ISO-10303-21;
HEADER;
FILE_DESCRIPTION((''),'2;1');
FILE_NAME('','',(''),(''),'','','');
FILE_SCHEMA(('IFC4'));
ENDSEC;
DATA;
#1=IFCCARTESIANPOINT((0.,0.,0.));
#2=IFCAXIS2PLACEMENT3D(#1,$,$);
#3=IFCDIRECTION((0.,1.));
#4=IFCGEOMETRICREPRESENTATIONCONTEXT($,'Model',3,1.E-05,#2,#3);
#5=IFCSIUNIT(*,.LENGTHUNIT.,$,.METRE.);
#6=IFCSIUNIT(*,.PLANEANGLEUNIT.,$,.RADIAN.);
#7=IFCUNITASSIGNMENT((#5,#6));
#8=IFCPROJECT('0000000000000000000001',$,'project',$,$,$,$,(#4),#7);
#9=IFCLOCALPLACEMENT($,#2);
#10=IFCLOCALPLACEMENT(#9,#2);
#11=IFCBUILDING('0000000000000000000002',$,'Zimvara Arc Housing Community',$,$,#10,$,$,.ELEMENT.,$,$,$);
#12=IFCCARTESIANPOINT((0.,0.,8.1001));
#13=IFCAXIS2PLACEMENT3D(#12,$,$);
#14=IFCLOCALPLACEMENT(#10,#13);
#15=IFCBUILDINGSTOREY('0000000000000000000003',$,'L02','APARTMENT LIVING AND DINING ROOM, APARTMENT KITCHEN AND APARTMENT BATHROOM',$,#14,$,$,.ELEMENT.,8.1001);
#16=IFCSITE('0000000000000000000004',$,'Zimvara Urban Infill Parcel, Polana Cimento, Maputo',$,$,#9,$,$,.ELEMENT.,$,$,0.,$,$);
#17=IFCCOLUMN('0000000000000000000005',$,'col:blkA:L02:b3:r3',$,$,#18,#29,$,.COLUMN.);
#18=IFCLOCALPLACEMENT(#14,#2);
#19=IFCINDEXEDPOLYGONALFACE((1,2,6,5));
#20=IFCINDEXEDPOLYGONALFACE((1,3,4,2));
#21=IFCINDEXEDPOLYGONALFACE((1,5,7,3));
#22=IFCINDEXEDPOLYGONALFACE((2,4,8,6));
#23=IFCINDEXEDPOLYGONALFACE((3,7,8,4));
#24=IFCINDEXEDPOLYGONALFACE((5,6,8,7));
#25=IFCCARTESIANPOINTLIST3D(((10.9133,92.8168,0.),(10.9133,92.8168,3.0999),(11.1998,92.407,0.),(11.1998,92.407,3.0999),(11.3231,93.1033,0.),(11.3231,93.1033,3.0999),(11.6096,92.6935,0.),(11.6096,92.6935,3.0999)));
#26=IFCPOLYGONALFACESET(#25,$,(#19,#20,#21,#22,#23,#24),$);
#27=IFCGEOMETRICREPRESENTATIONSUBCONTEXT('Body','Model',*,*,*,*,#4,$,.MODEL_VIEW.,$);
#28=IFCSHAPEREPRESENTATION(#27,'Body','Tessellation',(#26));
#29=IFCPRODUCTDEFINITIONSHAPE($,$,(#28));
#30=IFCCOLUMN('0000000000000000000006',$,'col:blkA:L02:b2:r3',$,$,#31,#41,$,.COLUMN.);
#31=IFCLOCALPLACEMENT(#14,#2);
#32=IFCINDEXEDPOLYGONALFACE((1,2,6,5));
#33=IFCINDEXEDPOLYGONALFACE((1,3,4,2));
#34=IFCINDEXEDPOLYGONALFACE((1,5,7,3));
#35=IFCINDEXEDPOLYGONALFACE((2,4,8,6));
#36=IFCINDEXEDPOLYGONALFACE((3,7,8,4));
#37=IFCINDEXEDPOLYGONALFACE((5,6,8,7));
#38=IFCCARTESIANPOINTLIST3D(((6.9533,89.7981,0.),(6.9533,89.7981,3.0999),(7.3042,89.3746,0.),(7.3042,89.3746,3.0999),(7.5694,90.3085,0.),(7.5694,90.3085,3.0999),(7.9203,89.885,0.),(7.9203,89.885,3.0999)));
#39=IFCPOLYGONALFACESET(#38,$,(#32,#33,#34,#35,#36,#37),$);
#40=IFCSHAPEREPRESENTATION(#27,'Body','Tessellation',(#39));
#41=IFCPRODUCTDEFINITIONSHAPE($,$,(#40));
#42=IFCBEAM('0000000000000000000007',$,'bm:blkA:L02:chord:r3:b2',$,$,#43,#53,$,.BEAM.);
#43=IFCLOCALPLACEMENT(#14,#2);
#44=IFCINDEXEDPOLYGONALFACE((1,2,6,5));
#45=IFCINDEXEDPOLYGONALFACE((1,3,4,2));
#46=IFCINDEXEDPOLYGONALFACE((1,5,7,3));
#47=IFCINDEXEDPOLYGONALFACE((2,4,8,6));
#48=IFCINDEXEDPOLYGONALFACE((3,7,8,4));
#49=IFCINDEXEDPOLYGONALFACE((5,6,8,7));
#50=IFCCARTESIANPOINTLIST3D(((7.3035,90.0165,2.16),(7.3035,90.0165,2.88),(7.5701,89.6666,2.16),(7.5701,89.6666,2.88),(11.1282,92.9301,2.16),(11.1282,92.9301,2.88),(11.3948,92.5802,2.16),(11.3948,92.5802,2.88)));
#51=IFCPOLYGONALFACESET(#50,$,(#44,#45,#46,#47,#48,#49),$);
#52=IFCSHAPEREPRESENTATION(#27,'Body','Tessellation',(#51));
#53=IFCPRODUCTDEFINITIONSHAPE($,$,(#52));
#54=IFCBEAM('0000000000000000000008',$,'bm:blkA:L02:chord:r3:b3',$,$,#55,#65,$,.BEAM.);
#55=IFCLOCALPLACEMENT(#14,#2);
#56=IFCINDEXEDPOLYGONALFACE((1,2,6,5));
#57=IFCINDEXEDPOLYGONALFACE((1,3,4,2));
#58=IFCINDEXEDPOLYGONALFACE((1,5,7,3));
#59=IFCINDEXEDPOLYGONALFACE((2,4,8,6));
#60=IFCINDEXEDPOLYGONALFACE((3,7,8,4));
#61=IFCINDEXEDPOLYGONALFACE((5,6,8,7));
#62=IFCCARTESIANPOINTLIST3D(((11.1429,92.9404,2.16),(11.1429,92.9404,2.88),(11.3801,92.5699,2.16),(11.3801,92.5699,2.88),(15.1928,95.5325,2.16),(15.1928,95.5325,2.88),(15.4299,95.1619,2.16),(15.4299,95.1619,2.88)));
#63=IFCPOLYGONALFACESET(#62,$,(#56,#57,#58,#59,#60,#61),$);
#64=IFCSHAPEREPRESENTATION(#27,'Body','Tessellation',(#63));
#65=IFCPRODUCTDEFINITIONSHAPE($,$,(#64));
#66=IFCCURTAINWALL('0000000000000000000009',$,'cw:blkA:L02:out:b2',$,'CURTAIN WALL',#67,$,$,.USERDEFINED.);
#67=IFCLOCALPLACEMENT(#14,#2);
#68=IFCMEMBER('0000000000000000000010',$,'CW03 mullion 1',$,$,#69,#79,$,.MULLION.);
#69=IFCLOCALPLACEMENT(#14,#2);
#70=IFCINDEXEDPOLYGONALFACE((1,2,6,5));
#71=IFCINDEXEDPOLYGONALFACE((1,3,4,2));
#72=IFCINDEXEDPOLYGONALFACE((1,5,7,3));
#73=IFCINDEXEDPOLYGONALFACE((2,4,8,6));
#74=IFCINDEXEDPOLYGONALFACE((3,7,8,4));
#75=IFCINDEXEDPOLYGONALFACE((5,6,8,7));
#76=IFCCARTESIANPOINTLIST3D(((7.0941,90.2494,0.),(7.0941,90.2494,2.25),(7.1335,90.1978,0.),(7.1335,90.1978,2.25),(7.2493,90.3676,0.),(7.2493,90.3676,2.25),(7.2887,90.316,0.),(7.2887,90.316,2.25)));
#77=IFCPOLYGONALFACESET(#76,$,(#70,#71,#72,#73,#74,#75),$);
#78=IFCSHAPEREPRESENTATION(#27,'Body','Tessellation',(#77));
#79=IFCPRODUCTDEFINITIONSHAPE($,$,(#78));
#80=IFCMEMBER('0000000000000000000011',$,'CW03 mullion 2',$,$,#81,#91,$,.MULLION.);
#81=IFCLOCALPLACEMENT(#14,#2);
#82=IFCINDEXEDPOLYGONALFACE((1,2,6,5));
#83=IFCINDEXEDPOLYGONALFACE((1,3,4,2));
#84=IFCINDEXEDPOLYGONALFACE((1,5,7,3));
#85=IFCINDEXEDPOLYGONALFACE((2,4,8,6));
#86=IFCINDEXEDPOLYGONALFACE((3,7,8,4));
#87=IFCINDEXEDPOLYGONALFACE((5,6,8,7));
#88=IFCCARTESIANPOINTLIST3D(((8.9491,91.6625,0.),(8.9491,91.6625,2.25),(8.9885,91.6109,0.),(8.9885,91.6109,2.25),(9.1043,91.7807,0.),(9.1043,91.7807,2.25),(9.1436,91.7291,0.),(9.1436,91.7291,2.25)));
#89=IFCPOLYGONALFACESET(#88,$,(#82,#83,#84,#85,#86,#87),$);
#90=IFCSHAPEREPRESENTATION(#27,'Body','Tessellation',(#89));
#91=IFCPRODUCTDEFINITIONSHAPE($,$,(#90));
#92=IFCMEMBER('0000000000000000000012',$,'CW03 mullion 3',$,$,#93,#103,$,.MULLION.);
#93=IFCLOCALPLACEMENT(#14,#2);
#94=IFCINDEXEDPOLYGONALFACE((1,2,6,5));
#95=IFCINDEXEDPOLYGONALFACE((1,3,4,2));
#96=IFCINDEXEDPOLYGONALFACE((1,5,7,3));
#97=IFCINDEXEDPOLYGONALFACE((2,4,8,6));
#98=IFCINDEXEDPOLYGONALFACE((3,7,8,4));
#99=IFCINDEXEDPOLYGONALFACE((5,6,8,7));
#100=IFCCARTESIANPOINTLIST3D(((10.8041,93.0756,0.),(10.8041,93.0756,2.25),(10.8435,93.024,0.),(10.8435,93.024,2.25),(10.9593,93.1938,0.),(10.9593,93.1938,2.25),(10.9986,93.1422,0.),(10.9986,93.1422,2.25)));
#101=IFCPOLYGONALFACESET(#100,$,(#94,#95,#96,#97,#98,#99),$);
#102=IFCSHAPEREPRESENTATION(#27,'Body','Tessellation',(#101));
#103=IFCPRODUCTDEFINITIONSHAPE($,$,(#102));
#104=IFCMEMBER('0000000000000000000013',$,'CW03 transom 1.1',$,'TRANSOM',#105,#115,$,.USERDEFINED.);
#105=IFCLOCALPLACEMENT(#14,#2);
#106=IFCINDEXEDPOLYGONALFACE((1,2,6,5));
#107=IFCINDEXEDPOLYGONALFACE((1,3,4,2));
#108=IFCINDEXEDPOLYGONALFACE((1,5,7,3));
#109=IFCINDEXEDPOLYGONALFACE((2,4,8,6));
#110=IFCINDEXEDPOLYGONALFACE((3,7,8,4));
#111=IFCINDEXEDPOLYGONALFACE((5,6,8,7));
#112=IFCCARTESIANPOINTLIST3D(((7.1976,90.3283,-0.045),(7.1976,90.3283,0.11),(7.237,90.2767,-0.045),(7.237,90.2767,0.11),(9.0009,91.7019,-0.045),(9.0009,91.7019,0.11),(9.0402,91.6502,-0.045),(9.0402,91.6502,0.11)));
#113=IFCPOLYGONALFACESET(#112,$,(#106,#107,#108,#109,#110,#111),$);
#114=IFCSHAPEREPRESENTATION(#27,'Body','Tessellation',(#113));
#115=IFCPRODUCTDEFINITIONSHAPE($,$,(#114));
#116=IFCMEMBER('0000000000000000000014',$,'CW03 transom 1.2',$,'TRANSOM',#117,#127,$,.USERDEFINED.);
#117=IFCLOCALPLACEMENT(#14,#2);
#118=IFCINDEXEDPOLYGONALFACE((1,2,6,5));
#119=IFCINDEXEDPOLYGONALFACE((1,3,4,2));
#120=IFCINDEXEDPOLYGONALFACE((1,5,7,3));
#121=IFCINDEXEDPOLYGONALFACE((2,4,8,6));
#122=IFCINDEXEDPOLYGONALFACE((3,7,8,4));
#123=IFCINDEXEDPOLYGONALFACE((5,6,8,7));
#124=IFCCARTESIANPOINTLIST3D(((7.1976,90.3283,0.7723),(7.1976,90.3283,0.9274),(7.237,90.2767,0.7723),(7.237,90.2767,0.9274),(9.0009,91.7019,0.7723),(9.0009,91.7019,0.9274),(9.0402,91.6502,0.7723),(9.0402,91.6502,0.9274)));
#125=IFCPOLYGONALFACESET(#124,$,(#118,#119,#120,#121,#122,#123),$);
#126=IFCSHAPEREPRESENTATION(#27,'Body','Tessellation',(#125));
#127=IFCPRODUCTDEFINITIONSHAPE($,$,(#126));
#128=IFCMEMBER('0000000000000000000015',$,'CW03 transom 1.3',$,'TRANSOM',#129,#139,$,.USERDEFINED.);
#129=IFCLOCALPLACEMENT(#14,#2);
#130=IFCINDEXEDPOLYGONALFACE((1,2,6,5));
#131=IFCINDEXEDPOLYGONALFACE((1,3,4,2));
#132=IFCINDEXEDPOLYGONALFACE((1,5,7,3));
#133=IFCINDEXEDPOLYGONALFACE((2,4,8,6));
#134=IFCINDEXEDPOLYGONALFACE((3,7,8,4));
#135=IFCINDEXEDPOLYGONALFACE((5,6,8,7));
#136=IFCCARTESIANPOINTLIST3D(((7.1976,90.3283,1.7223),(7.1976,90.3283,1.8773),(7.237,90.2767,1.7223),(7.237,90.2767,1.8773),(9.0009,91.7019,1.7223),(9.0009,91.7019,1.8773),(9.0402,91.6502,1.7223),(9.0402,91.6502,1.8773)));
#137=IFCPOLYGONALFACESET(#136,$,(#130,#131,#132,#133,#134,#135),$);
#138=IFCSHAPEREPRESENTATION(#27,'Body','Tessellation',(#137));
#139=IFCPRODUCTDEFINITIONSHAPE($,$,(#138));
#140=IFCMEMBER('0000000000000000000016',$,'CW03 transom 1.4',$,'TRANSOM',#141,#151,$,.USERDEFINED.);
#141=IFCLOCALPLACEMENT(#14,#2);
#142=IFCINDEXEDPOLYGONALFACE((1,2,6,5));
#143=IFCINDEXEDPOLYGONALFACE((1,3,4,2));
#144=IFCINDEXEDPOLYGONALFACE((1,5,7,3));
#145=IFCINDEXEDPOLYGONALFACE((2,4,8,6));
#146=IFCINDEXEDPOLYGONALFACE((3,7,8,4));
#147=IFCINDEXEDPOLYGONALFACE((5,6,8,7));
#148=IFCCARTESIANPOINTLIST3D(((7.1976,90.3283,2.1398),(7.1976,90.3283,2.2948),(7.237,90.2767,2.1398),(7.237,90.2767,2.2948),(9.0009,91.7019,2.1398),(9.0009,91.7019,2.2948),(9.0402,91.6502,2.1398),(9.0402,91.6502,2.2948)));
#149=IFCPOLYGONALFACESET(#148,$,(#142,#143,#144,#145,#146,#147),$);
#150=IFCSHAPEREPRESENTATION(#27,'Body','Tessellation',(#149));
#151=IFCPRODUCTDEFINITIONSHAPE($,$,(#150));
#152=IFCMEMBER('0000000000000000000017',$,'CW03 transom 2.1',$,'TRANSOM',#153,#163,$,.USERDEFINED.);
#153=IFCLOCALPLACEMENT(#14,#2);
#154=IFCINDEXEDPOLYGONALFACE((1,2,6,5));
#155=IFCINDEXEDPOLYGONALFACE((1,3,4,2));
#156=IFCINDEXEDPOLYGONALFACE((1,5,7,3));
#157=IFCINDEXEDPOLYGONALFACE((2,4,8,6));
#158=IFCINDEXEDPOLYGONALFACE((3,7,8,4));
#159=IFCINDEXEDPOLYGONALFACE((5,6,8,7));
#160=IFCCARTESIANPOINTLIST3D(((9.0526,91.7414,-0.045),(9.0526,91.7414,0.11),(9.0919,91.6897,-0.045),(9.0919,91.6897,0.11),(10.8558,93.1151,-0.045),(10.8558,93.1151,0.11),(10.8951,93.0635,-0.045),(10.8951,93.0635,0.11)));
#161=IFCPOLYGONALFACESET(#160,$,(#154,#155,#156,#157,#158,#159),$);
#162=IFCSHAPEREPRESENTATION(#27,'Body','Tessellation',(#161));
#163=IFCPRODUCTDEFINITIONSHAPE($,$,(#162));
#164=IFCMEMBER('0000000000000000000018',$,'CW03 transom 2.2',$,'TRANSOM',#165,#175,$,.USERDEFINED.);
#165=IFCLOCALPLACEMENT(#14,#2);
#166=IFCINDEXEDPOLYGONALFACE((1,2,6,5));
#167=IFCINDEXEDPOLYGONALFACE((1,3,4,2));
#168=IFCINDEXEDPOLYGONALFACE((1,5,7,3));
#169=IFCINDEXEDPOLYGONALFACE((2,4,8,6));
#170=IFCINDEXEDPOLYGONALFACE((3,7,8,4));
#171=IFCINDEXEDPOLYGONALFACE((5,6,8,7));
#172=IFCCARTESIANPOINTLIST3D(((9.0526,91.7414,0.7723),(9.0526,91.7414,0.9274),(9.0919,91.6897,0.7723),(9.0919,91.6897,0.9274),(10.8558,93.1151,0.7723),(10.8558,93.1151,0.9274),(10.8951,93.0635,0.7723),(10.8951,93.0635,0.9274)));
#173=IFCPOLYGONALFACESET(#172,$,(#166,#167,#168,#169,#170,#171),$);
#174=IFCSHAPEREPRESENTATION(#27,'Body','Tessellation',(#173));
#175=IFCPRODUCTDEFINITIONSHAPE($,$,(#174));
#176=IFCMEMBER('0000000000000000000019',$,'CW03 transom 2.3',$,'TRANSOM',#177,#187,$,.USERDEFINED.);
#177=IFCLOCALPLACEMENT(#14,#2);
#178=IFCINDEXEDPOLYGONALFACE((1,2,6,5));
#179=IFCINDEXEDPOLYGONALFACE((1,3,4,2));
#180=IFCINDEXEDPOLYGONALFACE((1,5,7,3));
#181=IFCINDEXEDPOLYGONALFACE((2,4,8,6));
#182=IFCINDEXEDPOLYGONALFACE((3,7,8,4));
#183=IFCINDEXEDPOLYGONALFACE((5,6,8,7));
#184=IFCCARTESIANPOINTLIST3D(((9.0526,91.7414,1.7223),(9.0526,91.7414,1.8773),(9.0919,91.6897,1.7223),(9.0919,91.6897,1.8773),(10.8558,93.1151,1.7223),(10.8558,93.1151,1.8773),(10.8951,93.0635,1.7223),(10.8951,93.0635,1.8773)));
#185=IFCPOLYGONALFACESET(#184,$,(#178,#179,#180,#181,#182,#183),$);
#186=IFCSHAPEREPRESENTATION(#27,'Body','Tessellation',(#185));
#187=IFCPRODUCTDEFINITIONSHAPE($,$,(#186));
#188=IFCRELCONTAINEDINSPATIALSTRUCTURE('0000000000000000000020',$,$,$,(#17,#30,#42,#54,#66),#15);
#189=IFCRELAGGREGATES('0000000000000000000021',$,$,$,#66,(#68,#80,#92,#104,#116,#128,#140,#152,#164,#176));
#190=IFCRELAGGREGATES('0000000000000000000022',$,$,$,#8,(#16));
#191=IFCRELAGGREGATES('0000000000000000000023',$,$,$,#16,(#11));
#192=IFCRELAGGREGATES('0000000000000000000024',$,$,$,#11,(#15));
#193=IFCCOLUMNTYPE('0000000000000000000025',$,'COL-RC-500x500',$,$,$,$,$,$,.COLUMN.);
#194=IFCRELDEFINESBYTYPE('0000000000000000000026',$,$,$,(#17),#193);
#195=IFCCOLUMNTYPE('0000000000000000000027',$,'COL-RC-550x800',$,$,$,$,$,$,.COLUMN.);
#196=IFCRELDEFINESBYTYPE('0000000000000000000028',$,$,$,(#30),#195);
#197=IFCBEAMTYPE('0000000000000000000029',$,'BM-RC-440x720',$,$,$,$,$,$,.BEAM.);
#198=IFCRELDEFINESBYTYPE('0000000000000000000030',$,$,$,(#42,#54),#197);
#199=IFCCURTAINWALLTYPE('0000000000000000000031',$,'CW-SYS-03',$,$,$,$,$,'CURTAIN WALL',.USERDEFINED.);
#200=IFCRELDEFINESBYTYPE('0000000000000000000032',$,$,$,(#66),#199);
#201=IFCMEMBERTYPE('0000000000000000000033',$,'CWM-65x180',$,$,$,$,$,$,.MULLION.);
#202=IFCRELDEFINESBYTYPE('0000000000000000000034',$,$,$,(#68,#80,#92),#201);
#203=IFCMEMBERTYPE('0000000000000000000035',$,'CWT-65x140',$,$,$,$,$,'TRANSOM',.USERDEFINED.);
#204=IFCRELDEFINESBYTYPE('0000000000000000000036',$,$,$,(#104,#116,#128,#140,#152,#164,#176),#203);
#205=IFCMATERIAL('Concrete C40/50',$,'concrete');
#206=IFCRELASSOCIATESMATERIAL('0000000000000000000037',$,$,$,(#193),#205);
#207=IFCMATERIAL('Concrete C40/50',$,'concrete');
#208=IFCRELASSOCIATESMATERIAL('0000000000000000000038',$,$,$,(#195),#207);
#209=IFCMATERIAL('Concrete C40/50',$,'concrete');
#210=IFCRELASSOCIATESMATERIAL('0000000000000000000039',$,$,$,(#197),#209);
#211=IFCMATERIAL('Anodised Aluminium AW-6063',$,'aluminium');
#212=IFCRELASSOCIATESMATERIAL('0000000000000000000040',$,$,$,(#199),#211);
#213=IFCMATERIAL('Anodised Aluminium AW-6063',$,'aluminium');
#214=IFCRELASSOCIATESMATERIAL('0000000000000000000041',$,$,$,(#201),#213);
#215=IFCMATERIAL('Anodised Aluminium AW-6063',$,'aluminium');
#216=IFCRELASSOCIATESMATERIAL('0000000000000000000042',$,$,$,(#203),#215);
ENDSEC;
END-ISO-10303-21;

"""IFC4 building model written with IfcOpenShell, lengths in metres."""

from ifc_helpers import new_model, si_unit, direction, frame, origin, origin_2d, place, context, subcontext, project, spatial, rectangle, extrude, material, material_profile, profile_set, type_object, element, aggregate, save


model = new_model("IFC4")

# Units and contexts
model_context = context("Model", 3, precision=1e-05, world=origin(), true_north=direction((0.0, 1.0)))
body_context = subcontext(model_context, "Body", "Model", "MODEL_VIEW")
ifc_project = project(units=[si_unit("LENGTHUNIT", "METRE"), si_unit("PLANEANGLEUNIT", "RADIAN")], contexts=[model_context])

# Site, building, storey
site_placement = place(None, origin())
site = spatial("IfcSite", under=ifc_project, at=site_placement, Name="Zimvara Urban Infill Parcel, Polana Cimento, Maputo", CompositionType="ELEMENT", RefElevation=0.0)
building_placement = place(site_placement, origin())
building = spatial("IfcBuilding", under=site, at=building_placement, Name="Zimvara Arc Housing Community", CompositionType="ELEMENT")
storey_placement = place(building_placement, frame((0.0, 0.0, 8.1001)))
storey = spatial("IfcBuildingStorey", under=building, at=storey_placement, Name="L02", Description="APARTMENT LIVING AND DINING ROOM, APARTMENT KITCHEN AND APARTMENT BATHROOM", CompositionType="ELEMENT", Elevation=8.1001)

# Columns
ifc_material_1 = material(Name="Concrete C40/50", Category="concrete")
ifc_material_profile_1 = material_profile(ifc_material_1, rectangle(XDim=0.5, YDim=0.5, at=origin_2d()), Name="RC 500x500")
ifc_profile_set_1 = profile_set([ifc_material_profile_1], Name="Concrete C40/50")
column_type_1 = type_object("IfcColumnType", Name="COL-RC-500x500", PredefinedType="COLUMN", material=ifc_profile_set_1)
column_1_placement = place(storey_placement, frame((11.2615, 92.7551, 0.0), z_axis=(0.0, 0.0, 1.0), x_axis=(-0.573004, 0.819552, 0.0)))
element("IfcColumn", 1, at=column_1_placement, inside=storey, type_object=column_type_1, Name="col:blkA:L02:b3:r3", PredefinedType="COLUMN", context=body_context, shape_type="SweptSolid", body=[
    extrude(rectangle(XDim=0.5, YDim=0.5, at=origin_2d()), origin(), (0.0, 0.0, 1.0), 3.0999),
])
ifc_material_2 = material(Name="Concrete C40/50", Category="concrete")
ifc_material_profile_2 = material_profile(ifc_material_2, rectangle(XDim=0.55, YDim=0.8, at=origin_2d()), Name="RC 550x800")
ifc_profile_set_2 = profile_set([ifc_material_profile_2], Name="Concrete C40/50")
column_type_2 = type_object("IfcColumnType", Name="COL-RC-550x800", PredefinedType="COLUMN", material=ifc_profile_set_2)
column_2_placement = place(storey_placement, frame((7.4368, 89.8416, 0.0), z_axis=(0.0, 0.0, 1.0), x_axis=(-0.637962, 0.770068, 0.0)))
element("IfcColumn", 2, at=column_2_placement, inside=storey, type_object=column_type_2, Name="col:blkA:L02:b2:r3", PredefinedType="COLUMN", context=body_context, shape_type="SweptSolid", body=[
    extrude(rectangle(XDim=0.55, YDim=0.8, at=origin_2d()), origin(), (0.0, 0.0, 1.0), 3.0999),
])

# Beams
ifc_material_3 = material(Name="Concrete C40/50", Category="concrete")
ifc_material_profile_3 = material_profile(ifc_material_3, rectangle(XDim=0.4399, YDim=0.72, at=origin_2d()), Name="RC 440x720")
ifc_profile_set_3 = profile_set([ifc_material_profile_3], Name="Concrete C40/50")
beam_type = type_object("IfcBeamType", Name="BM-RC-440x720", PredefinedType="BEAM", material=ifc_profile_set_3)
beam_1_placement = place(storey_placement, frame((7.4368, 89.8416, 2.52), z_axis=(0.795481, 0.605979, 0.0), x_axis=(-0.605979, 0.795481, 0.0)))
element("IfcBeam", 3, at=beam_1_placement, inside=storey, type_object=beam_type, Name="bm:blkA:L02:chord:r3:b2", PredefinedType="BEAM", context=body_context, shape_type="SweptSolid", body=[
    extrude(rectangle(XDim=0.4399, YDim=0.72, at=origin_2d()), origin(), (0.0, 0.0, 1.0), 4.8081),
])
beam_2_placement = place(storey_placement, frame((11.2615, 92.7551, 2.52), z_axis=(0.842256, 0.539078, 0.0), x_axis=(-0.539078, 0.842256, 0.0)))
element("IfcBeam", 4, at=beam_2_placement, inside=storey, type_object=beam_type, Name="bm:blkA:L02:chord:r3:b3", PredefinedType="BEAM", context=body_context, shape_type="SweptSolid", body=[
    extrude(rectangle(XDim=0.4399, YDim=0.72, at=origin_2d()), origin(), (0.0, 0.0, 1.0), 4.8083),
])

# Curtain wall, members
ifc_material_4 = material(Name="Anodised Aluminium AW-6063", Category="aluminium")
curtain_wall_type = type_object("IfcCurtainWallType", Name="CW-SYS-03", ElementType="CURTAIN WALL", PredefinedType="USERDEFINED", material=ifc_material_4)
curtain_wall_placement = place(storey_placement, origin())
curtain_wall = element("IfcCurtainWall", 5, at=curtain_wall_placement, inside=storey, type_object=curtain_wall_type, Name="cw:blkA:L02:out:b2", ObjectType="CURTAIN WALL", PredefinedType="USERDEFINED")
ifc_material_5 = material(Name="Anodised Aluminium AW-6063", Category="aluminium")
ifc_material_profile_4 = material_profile(ifc_material_5, rectangle(XDim=0.0649, YDim=0.1951, at=origin_2d()), Name="ALU 65x195")
ifc_profile_set_4 = profile_set([ifc_material_profile_4], Name="Anodised Aluminium AW-6063")
member_type_1 = type_object("IfcMemberType", Name="CWM-65x180", PredefinedType="MULLION", material=ifc_profile_set_4)
member_1_placement = place(storey_placement, frame((7.1914, 90.2827, 0.0), z_axis=(0.0, 0.0, 1.0), x_axis=(-0.605988, 0.795474, 0.0)))
member_1 = element("IfcMember", 6, at=member_1_placement, type_object=member_type_1, Name="CW03 mullion 1", PredefinedType="MULLION", context=body_context, shape_type="SweptSolid", body=[
    extrude(rectangle(XDim=0.0649, YDim=0.1951, at=origin_2d()), origin(), (0.0, 0.0, 1.0), 2.25),
])
member_2_placement = place(storey_placement, frame((9.0464, 91.6958, 0.0), z_axis=(0.0, 0.0, 1.0), x_axis=(-0.605988, 0.795474, 0.0)))
member_2 = element("IfcMember", 7, at=member_2_placement, type_object=member_type_1, Name="CW03 mullion 2", PredefinedType="MULLION", context=body_context, shape_type="SweptSolid", body=[
    extrude(rectangle(XDim=0.0649, YDim=0.1951, at=origin_2d()), origin(), (0.0, 0.0, 1.0), 2.25),
])
member_3_placement = place(storey_placement, frame((10.9014, 93.1089, 0.0), z_axis=(0.0, 0.0, 1.0), x_axis=(-0.605988, 0.795474, 0.0)))
member_3 = element("IfcMember", 8, at=member_3_placement, type_object=member_type_1, Name="CW03 mullion 3", PredefinedType="MULLION", context=body_context, shape_type="SweptSolid", body=[
    extrude(rectangle(XDim=0.0649, YDim=0.1951, at=origin_2d()), origin(), (0.0, 0.0, 1.0), 2.25),
])
ifc_material_6 = material(Name="Anodised Aluminium AW-6063", Category="aluminium")
ifc_material_profile_5 = material_profile(ifc_material_6, rectangle(XDim=0.0649, YDim=0.155, at=origin_2d()), Name="ALU 65x155")
ifc_profile_set_5 = profile_set([ifc_material_profile_5], Name="Anodised Aluminium AW-6063")
member_type_2 = type_object("IfcMemberType", Name="CWT-65x140", ElementType="TRANSOM", PredefinedType="USERDEFINED", material=ifc_profile_set_5)
member_4_placement = place(storey_placement, frame((7.2173, 90.3025, 0.0325), z_axis=(0.795506, 0.605946, 0.0), x_axis=(-0.605946, 0.795506, 0.0)))
member_4 = element("IfcMember", 9, at=member_4_placement, type_object=member_type_2, Name="CW03 transom 1.1", ObjectType="TRANSOM", PredefinedType="USERDEFINED", context=body_context, shape_type="SweptSolid", body=[
    extrude(rectangle(XDim=0.0649, YDim=0.155, at=origin_2d()), origin(), (0.0, 0.0, 1.0), 2.2668),
])
member_5_placement = place(storey_placement, frame((7.2173, 90.3025, 0.8499), z_axis=(0.795506, 0.605946, 0.0), x_axis=(-0.605946, 0.795506, 0.0)))
member_5 = element("IfcMember", 10, at=member_5_placement, type_object=member_type_2, Name="CW03 transom 1.2", ObjectType="TRANSOM", PredefinedType="USERDEFINED", context=body_context, shape_type="SweptSolid", body=[
    extrude(rectangle(XDim=0.0649, YDim=0.155, at=origin_2d()), origin(), (0.0, 0.0, 1.0), 2.2668),
])
member_6_placement = place(storey_placement, frame((7.2173, 90.3025, 1.7998), z_axis=(0.795506, 0.605946, 0.0), x_axis=(-0.605946, 0.795506, 0.0)))
member_6 = element("IfcMember", 11, at=member_6_placement, type_object=member_type_2, Name="CW03 transom 1.3", ObjectType="TRANSOM", PredefinedType="USERDEFINED", context=body_context, shape_type="SweptSolid", body=[
    extrude(rectangle(XDim=0.0649, YDim=0.155, at=origin_2d()), origin(), (0.0, 0.0, 1.0), 2.2668),
])
member_7_placement = place(storey_placement, frame((7.2173, 90.3025, 2.2173), z_axis=(0.795506, 0.605946, 0.0), x_axis=(-0.605946, 0.795506, 0.0)))
member_7 = element("IfcMember", 12, at=member_7_placement, type_object=member_type_2, Name="CW03 transom 1.4", ObjectType="TRANSOM", PredefinedType="USERDEFINED", context=body_context, shape_type="SweptSolid", body=[
    extrude(rectangle(XDim=0.0649, YDim=0.155, at=origin_2d()), origin(), (0.0, 0.0, 1.0), 2.2668),
])
member_8_placement = place(storey_placement, frame((9.0723, 91.7156, 0.0325), z_axis=(0.795454, 0.606014, 0.0), x_axis=(-0.606014, 0.795454, 0.0)))
member_8 = element("IfcMember", 13, at=member_8_placement, type_object=member_type_2, Name="CW03 transom 2.1", ObjectType="TRANSOM", PredefinedType="USERDEFINED", context=body_context, shape_type="SweptSolid", body=[
    extrude(rectangle(XDim=0.0649, YDim=0.155, at=origin_2d()), origin(), (0.0, 0.0, 1.0), 2.2668),
])
member_9_placement = place(storey_placement, frame((9.0723, 91.7156, 0.8499), z_axis=(0.795454, 0.606014, 0.0), x_axis=(-0.606014, 0.795454, 0.0)))
member_9 = element("IfcMember", 14, at=member_9_placement, type_object=member_type_2, Name="CW03 transom 2.2", ObjectType="TRANSOM", PredefinedType="USERDEFINED", context=body_context, shape_type="SweptSolid", body=[
    extrude(rectangle(XDim=0.0649, YDim=0.155, at=origin_2d()), origin(), (0.0, 0.0, 1.0), 2.2668),
])
member_10_placement = place(storey_placement, frame((9.0723, 91.7156, 1.7998), z_axis=(0.795454, 0.606014, 0.0), x_axis=(-0.606014, 0.795454, 0.0)))
member_10 = element("IfcMember", 15, at=member_10_placement, type_object=member_type_2, Name="CW03 transom 2.3", ObjectType="TRANSOM", PredefinedType="USERDEFINED", context=body_context, shape_type="SweptSolid", body=[
    extrude(rectangle(XDim=0.0649, YDim=0.155, at=origin_2d()), origin(), (0.0, 0.0, 1.0), 2.2668),
])
aggregate(curtain_wall, [member_1, member_2, member_3, member_4, member_5, member_6, member_7, member_8, member_9, member_10])

save(model, "model.ifc")
